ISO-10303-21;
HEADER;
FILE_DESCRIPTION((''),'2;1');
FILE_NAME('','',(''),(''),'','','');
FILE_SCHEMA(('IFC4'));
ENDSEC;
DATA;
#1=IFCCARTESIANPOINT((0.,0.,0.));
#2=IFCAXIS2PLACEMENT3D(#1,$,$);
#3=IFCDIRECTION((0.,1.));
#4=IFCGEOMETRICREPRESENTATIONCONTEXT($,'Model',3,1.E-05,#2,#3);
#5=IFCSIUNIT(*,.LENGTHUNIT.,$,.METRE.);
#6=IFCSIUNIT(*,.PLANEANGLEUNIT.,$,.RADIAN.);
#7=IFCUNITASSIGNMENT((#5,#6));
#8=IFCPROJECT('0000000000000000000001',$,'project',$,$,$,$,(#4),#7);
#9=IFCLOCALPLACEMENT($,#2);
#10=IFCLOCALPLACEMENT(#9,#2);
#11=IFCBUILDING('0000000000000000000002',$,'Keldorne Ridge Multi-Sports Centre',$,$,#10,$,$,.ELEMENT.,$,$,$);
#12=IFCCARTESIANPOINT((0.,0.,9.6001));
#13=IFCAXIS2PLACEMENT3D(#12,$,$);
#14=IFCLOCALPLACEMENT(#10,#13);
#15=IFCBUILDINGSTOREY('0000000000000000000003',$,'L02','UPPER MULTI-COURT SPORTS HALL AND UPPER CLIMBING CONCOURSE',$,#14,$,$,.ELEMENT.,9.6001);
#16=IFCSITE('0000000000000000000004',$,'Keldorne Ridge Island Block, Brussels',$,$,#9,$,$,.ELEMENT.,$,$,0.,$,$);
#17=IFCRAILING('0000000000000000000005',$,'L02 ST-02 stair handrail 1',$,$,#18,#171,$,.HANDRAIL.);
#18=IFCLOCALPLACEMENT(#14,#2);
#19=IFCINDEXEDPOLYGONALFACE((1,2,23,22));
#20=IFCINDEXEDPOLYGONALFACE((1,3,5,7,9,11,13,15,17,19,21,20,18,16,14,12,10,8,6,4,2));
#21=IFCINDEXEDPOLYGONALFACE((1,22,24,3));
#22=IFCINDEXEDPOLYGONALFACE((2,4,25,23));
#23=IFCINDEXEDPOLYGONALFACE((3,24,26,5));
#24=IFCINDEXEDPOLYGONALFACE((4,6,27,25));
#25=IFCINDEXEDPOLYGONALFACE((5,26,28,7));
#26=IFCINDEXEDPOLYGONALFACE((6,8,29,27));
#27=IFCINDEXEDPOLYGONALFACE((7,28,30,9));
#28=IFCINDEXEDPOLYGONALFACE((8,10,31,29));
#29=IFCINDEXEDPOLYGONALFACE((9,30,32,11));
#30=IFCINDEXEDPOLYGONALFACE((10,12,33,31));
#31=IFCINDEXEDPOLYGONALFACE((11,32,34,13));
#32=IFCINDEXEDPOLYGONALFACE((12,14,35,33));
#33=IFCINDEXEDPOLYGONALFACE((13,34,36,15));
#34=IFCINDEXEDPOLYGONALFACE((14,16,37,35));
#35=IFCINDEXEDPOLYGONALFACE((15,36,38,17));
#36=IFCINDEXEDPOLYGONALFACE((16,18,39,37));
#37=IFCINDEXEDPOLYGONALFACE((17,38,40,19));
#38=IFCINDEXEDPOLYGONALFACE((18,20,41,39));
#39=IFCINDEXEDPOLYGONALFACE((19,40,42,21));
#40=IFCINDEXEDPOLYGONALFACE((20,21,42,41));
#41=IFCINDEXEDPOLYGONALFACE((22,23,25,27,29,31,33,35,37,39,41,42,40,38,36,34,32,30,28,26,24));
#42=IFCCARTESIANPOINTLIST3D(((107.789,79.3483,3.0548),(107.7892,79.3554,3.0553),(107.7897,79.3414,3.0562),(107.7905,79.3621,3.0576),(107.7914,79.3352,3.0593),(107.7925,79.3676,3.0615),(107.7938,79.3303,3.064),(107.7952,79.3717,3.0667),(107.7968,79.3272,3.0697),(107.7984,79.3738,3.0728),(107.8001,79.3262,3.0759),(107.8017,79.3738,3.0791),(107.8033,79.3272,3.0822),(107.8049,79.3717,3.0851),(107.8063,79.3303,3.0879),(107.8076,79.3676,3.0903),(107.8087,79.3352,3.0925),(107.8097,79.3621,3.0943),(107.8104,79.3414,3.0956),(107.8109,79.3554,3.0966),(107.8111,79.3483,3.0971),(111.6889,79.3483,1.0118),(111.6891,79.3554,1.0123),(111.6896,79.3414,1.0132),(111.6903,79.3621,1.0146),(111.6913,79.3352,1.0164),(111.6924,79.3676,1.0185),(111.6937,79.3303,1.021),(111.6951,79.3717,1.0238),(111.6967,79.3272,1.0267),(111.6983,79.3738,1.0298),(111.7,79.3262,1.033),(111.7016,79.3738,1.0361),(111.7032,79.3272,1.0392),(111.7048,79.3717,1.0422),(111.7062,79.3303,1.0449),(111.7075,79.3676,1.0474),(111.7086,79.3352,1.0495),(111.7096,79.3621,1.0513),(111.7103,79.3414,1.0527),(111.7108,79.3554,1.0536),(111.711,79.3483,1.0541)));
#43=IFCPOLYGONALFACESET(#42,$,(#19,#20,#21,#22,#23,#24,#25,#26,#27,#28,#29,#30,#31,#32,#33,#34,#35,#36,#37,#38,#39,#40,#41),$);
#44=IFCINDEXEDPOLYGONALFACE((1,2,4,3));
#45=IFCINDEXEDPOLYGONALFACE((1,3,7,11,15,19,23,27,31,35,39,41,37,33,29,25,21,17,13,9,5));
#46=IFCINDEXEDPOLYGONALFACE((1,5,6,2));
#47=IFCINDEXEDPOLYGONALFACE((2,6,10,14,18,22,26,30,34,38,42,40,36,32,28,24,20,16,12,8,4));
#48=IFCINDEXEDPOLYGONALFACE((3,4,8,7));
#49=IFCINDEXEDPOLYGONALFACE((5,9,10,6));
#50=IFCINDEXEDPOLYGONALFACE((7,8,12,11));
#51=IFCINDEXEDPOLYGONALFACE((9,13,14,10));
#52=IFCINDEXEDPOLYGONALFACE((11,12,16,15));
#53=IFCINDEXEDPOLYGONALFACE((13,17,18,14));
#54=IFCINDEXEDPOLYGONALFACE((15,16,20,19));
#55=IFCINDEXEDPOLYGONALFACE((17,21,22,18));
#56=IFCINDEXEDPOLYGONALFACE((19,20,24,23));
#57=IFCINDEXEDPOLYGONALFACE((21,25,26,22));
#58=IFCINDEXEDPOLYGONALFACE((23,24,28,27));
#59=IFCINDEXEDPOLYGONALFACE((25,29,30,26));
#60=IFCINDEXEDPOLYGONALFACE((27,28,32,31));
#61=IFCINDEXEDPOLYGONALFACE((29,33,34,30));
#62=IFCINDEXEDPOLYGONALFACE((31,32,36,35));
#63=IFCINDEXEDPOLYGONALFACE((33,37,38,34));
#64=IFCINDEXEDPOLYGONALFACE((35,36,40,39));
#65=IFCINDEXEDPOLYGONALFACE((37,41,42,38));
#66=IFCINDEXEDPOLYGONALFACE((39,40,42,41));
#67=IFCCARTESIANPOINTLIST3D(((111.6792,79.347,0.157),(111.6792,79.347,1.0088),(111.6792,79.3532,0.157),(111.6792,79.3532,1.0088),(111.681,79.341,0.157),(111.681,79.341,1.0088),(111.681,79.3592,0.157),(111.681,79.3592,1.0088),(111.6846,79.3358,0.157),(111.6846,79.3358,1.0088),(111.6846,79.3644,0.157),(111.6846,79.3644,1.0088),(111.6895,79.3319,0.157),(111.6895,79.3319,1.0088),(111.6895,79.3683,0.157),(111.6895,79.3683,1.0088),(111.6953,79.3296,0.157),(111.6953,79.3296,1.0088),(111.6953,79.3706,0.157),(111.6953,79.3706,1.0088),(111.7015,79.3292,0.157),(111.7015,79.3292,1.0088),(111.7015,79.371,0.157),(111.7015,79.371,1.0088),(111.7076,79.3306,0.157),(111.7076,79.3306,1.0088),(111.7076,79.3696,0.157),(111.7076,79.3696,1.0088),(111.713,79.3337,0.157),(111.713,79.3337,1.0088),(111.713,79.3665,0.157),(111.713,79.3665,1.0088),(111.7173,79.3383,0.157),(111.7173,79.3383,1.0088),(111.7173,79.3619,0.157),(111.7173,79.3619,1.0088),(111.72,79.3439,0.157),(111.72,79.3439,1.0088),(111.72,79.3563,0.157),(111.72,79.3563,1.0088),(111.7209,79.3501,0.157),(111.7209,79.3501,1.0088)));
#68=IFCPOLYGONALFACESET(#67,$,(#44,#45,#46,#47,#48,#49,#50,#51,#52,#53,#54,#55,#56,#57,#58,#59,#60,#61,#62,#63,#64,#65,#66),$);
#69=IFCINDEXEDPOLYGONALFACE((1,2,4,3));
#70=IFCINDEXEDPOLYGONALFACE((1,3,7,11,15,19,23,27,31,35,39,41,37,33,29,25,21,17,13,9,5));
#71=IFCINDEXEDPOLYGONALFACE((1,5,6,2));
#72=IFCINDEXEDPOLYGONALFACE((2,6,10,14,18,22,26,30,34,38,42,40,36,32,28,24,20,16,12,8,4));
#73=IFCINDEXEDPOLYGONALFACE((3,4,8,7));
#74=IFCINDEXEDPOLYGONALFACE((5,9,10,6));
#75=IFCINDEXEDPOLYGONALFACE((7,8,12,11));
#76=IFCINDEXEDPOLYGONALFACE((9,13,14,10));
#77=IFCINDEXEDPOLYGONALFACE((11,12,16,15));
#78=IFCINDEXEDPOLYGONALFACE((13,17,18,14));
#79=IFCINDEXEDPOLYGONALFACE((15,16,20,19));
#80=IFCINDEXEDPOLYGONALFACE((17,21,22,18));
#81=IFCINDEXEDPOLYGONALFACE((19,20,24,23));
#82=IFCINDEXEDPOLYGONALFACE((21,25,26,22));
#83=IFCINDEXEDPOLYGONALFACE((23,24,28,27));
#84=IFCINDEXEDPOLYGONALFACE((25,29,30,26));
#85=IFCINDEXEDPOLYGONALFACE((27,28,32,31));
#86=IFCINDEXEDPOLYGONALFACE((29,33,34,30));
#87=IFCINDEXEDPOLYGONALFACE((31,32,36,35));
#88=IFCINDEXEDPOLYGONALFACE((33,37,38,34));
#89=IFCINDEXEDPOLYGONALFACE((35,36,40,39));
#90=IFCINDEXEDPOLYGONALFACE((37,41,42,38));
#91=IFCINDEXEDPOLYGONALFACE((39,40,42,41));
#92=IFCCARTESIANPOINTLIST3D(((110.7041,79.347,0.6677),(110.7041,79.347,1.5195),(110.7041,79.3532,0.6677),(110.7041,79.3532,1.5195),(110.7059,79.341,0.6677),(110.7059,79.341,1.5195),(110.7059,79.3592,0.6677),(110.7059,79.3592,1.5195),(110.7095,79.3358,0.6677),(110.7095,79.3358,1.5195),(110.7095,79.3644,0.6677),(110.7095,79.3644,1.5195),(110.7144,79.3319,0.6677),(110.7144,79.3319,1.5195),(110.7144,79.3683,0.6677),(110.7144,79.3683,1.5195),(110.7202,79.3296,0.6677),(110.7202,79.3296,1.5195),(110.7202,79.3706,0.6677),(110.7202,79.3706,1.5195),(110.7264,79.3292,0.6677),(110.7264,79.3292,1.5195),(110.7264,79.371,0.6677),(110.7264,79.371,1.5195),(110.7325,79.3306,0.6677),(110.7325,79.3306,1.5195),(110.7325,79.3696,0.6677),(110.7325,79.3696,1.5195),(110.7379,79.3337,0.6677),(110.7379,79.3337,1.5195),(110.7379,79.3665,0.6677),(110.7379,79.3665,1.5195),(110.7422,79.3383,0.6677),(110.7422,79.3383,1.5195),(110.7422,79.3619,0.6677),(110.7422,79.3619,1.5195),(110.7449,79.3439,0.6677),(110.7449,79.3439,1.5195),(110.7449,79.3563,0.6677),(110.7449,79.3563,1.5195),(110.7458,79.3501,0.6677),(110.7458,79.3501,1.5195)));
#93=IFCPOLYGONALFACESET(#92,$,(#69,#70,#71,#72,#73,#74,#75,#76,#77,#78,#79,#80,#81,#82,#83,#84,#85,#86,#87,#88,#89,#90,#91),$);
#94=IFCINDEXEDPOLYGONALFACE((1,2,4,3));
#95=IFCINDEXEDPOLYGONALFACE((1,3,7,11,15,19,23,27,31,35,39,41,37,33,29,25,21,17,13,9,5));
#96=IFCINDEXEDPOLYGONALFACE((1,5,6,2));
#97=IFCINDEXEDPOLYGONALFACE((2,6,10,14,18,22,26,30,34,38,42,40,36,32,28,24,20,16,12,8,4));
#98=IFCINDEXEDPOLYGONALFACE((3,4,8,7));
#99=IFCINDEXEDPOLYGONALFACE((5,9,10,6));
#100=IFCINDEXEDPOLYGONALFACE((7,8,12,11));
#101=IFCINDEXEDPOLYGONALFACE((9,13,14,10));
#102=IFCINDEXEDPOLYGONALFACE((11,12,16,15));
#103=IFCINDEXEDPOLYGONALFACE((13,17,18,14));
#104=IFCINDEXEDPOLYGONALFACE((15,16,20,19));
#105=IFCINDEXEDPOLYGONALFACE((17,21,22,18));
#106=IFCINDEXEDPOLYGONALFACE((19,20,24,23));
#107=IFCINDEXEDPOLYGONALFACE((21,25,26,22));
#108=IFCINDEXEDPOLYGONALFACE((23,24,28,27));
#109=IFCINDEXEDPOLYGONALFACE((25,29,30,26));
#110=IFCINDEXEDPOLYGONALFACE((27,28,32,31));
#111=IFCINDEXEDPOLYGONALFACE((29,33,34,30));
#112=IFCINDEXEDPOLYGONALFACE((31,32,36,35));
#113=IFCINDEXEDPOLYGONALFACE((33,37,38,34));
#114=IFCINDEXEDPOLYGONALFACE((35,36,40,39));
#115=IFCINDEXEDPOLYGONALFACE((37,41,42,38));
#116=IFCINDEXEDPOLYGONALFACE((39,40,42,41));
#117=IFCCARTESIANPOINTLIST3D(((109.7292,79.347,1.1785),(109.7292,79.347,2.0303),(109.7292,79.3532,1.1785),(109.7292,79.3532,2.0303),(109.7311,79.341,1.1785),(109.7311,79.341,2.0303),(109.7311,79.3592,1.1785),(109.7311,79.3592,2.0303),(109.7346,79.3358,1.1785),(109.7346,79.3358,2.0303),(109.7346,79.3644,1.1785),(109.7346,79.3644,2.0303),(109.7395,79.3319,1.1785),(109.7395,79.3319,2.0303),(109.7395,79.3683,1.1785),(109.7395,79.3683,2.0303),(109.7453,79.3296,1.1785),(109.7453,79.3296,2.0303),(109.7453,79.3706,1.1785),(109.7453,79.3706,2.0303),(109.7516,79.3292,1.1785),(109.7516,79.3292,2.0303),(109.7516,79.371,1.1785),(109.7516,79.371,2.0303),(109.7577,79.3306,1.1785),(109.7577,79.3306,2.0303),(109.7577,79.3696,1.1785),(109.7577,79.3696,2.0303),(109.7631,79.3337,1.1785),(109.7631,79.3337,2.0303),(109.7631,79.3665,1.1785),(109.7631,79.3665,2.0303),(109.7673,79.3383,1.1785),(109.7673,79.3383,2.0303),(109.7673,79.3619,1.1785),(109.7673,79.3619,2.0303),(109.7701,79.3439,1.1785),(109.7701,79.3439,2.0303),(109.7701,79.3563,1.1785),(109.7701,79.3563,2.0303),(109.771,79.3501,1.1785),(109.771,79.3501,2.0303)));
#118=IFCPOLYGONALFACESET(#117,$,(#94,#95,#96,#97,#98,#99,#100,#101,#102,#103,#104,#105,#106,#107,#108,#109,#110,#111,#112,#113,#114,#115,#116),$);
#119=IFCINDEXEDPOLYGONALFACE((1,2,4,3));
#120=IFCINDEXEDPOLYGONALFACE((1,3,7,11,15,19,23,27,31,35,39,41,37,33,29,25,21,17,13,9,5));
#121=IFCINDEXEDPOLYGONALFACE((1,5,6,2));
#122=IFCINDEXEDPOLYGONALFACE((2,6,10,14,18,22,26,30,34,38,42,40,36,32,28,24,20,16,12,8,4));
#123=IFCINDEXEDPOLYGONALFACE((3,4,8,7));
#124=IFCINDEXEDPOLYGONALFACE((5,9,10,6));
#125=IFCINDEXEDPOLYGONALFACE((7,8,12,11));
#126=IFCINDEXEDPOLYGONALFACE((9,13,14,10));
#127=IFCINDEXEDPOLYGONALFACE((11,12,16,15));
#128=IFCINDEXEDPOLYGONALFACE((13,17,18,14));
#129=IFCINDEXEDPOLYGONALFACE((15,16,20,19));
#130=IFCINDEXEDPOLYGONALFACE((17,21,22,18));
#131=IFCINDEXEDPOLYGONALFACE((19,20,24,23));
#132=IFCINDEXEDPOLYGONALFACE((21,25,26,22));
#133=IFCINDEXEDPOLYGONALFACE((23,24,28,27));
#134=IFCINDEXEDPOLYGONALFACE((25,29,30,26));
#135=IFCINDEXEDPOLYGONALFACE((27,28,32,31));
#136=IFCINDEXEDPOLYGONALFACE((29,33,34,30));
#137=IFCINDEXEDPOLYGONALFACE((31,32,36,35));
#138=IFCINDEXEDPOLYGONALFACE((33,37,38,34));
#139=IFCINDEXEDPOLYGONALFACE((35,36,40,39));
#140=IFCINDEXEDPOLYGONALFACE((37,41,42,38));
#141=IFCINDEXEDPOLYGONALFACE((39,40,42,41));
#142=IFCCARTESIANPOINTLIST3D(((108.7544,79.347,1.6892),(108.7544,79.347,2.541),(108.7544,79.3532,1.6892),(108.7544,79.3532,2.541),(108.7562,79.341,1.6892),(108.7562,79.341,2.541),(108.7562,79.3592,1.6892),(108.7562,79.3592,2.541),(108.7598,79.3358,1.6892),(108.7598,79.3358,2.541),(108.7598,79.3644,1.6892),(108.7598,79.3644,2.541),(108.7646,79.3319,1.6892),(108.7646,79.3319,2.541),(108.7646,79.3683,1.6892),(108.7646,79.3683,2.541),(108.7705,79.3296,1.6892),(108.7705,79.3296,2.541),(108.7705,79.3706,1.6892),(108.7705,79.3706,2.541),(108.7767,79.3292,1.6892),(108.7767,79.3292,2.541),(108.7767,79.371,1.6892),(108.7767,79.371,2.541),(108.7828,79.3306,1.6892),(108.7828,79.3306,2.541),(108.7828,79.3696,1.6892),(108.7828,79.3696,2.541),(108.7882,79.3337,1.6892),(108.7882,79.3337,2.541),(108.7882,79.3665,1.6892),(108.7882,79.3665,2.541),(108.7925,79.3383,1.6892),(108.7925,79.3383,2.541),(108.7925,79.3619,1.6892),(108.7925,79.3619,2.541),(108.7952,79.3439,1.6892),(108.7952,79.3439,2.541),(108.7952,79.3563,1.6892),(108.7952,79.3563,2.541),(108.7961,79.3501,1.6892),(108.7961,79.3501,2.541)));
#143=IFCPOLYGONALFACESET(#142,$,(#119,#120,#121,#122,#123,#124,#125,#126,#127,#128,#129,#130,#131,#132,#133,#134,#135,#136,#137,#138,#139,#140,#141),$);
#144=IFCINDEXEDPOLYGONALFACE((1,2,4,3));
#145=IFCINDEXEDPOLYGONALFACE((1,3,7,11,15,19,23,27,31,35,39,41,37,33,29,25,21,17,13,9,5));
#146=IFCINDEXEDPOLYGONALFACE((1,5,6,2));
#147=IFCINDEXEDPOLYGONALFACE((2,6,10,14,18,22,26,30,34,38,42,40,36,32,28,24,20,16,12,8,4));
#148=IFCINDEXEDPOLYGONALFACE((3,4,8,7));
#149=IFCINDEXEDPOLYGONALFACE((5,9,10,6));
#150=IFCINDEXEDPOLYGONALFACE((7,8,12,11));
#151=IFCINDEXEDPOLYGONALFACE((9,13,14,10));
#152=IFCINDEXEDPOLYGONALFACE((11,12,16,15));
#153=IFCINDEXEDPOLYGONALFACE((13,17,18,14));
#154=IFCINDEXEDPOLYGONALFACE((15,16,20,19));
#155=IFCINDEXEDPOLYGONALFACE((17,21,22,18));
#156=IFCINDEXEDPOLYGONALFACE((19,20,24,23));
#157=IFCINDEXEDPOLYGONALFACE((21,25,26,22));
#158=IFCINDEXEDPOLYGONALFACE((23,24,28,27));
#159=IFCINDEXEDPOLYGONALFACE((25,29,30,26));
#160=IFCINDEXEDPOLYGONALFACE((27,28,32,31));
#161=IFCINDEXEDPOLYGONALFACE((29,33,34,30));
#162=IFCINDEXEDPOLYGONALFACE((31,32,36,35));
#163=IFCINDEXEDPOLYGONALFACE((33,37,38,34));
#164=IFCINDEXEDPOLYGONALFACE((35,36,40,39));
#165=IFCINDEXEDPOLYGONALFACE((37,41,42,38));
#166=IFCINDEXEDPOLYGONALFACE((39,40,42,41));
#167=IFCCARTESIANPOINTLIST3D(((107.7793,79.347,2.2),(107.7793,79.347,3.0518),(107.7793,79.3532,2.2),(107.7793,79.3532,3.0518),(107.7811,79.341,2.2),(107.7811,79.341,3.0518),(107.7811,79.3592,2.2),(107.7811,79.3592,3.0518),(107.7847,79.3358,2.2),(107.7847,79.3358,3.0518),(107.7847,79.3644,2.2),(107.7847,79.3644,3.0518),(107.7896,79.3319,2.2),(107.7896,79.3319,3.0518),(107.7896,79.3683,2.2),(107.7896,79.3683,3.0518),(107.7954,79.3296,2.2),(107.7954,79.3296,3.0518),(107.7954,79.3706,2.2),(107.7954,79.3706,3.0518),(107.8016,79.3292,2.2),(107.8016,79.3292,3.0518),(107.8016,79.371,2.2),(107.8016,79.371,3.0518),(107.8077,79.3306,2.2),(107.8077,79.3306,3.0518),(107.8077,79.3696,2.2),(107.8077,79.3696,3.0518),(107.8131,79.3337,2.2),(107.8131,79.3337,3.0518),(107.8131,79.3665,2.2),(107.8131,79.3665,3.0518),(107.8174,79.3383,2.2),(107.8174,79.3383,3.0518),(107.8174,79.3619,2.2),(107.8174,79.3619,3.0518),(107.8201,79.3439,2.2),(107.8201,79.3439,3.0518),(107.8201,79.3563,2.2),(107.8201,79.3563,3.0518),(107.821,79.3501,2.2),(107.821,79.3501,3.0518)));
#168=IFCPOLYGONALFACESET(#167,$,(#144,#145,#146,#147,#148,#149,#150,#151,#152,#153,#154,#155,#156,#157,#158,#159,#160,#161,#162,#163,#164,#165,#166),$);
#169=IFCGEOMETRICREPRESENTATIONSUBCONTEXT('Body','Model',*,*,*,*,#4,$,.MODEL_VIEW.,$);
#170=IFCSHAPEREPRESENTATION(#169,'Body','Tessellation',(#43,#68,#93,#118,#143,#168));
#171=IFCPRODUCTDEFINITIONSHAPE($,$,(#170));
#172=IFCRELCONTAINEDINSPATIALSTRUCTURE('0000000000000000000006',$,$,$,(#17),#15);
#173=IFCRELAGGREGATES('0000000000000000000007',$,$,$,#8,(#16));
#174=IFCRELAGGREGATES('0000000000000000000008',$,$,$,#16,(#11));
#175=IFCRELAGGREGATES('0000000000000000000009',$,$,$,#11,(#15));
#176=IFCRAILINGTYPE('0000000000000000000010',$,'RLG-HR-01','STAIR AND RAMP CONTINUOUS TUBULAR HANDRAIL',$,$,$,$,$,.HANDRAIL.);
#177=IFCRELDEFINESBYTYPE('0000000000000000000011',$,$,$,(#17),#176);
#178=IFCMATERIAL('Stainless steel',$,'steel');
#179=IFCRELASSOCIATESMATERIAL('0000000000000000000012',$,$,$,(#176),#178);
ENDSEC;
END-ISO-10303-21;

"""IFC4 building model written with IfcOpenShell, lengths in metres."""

from ifc_helpers import new_model, si_unit, direction, frame, origin, origin_2d, place, context, subcontext, project, spatial, circle, extrude, material, type_object, element, save


model = new_model("IFC4")

# Units and contexts
model_context = context("Model", 3, precision=1e-05, world=origin(), true_north=direction((0.0, 1.0)))
body_context = subcontext(model_context, "Body", "Model", "MODEL_VIEW")
ifc_project = project(units=[si_unit("LENGTHUNIT", "METRE"), si_unit("PLANEANGLEUNIT", "RADIAN")], contexts=[model_context])

# Site, building, storey
site_placement = place(None, origin())
site = spatial("IfcSite", under=ifc_project, at=site_placement, Name="Keldorne Ridge Island Block, Brussels", CompositionType="ELEMENT", RefElevation=0.0)
building_placement = place(site_placement, origin())
building = spatial("IfcBuilding", under=site, at=building_placement, Name="Keldorne Ridge Multi-Sports Centre", CompositionType="ELEMENT")
storey_placement = place(building_placement, frame((0.0, 0.0, 9.6001)))
storey = spatial("IfcBuildingStorey", under=building, at=storey_placement, Name="L02", Description="UPPER MULTI-COURT SPORTS HALL AND UPPER CLIMBING CONCOURSE", CompositionType="ELEMENT", Elevation=9.6001)

# Railing
ifc_material_1 = material(Name="Stainless steel", Category="steel")
railing_type_1 = type_object("IfcRailingType", Name="RLG-HR-01", Description="STAIR AND RAMP CONTINUOUS TUBULAR HANDRAIL", PredefinedType="HANDRAIL", material=ifc_material_1)
railing_1_placement = place(storey_placement, frame((111.7, 79.3501, 0.157)))
element("IfcRailing", 1, at=railing_1_placement, inside=storey, type_object=railing_type_1, Name="L02 ST-02 stair handrail 1", PredefinedType="HANDRAIL", context=body_context, shape_type="SweptSolid", body=[
    extrude(circle(Radius=0.0239, at=origin_2d()), frame((0.0, 0.0, 0.876), z_axis=(-0.885816, 0.0, 0.464036), x_axis=(0.0, -1.0, 0.0)), (0.0, 0.0, 1.0), 4.4026),
    extrude(circle(Radius=0.021, at=origin_2d()), origin(), (0.0, 0.0, 1.0), 0.8518),
    extrude(circle(Radius=0.021, at=origin_2d()), frame((-0.9751, 0.0, 0.5107)), (0.0, 0.0, 1.0), 0.8518),
    extrude(circle(Radius=0.021, at=origin_2d()), frame((-1.95, 0.0, 1.0215)), (0.0, 0.0, 1.0), 0.8518),
    extrude(circle(Radius=0.021, at=origin_2d()), frame((-2.9248, 0.0, 1.5322)), (0.0, 0.0, 1.0), 0.8518),
    extrude(circle(Radius=0.021, at=origin_2d()), frame((-3.8999, 0.0, 2.043)), (0.0, 0.0, 1.0), 0.8518),
])

save(model, "model.ifc")
